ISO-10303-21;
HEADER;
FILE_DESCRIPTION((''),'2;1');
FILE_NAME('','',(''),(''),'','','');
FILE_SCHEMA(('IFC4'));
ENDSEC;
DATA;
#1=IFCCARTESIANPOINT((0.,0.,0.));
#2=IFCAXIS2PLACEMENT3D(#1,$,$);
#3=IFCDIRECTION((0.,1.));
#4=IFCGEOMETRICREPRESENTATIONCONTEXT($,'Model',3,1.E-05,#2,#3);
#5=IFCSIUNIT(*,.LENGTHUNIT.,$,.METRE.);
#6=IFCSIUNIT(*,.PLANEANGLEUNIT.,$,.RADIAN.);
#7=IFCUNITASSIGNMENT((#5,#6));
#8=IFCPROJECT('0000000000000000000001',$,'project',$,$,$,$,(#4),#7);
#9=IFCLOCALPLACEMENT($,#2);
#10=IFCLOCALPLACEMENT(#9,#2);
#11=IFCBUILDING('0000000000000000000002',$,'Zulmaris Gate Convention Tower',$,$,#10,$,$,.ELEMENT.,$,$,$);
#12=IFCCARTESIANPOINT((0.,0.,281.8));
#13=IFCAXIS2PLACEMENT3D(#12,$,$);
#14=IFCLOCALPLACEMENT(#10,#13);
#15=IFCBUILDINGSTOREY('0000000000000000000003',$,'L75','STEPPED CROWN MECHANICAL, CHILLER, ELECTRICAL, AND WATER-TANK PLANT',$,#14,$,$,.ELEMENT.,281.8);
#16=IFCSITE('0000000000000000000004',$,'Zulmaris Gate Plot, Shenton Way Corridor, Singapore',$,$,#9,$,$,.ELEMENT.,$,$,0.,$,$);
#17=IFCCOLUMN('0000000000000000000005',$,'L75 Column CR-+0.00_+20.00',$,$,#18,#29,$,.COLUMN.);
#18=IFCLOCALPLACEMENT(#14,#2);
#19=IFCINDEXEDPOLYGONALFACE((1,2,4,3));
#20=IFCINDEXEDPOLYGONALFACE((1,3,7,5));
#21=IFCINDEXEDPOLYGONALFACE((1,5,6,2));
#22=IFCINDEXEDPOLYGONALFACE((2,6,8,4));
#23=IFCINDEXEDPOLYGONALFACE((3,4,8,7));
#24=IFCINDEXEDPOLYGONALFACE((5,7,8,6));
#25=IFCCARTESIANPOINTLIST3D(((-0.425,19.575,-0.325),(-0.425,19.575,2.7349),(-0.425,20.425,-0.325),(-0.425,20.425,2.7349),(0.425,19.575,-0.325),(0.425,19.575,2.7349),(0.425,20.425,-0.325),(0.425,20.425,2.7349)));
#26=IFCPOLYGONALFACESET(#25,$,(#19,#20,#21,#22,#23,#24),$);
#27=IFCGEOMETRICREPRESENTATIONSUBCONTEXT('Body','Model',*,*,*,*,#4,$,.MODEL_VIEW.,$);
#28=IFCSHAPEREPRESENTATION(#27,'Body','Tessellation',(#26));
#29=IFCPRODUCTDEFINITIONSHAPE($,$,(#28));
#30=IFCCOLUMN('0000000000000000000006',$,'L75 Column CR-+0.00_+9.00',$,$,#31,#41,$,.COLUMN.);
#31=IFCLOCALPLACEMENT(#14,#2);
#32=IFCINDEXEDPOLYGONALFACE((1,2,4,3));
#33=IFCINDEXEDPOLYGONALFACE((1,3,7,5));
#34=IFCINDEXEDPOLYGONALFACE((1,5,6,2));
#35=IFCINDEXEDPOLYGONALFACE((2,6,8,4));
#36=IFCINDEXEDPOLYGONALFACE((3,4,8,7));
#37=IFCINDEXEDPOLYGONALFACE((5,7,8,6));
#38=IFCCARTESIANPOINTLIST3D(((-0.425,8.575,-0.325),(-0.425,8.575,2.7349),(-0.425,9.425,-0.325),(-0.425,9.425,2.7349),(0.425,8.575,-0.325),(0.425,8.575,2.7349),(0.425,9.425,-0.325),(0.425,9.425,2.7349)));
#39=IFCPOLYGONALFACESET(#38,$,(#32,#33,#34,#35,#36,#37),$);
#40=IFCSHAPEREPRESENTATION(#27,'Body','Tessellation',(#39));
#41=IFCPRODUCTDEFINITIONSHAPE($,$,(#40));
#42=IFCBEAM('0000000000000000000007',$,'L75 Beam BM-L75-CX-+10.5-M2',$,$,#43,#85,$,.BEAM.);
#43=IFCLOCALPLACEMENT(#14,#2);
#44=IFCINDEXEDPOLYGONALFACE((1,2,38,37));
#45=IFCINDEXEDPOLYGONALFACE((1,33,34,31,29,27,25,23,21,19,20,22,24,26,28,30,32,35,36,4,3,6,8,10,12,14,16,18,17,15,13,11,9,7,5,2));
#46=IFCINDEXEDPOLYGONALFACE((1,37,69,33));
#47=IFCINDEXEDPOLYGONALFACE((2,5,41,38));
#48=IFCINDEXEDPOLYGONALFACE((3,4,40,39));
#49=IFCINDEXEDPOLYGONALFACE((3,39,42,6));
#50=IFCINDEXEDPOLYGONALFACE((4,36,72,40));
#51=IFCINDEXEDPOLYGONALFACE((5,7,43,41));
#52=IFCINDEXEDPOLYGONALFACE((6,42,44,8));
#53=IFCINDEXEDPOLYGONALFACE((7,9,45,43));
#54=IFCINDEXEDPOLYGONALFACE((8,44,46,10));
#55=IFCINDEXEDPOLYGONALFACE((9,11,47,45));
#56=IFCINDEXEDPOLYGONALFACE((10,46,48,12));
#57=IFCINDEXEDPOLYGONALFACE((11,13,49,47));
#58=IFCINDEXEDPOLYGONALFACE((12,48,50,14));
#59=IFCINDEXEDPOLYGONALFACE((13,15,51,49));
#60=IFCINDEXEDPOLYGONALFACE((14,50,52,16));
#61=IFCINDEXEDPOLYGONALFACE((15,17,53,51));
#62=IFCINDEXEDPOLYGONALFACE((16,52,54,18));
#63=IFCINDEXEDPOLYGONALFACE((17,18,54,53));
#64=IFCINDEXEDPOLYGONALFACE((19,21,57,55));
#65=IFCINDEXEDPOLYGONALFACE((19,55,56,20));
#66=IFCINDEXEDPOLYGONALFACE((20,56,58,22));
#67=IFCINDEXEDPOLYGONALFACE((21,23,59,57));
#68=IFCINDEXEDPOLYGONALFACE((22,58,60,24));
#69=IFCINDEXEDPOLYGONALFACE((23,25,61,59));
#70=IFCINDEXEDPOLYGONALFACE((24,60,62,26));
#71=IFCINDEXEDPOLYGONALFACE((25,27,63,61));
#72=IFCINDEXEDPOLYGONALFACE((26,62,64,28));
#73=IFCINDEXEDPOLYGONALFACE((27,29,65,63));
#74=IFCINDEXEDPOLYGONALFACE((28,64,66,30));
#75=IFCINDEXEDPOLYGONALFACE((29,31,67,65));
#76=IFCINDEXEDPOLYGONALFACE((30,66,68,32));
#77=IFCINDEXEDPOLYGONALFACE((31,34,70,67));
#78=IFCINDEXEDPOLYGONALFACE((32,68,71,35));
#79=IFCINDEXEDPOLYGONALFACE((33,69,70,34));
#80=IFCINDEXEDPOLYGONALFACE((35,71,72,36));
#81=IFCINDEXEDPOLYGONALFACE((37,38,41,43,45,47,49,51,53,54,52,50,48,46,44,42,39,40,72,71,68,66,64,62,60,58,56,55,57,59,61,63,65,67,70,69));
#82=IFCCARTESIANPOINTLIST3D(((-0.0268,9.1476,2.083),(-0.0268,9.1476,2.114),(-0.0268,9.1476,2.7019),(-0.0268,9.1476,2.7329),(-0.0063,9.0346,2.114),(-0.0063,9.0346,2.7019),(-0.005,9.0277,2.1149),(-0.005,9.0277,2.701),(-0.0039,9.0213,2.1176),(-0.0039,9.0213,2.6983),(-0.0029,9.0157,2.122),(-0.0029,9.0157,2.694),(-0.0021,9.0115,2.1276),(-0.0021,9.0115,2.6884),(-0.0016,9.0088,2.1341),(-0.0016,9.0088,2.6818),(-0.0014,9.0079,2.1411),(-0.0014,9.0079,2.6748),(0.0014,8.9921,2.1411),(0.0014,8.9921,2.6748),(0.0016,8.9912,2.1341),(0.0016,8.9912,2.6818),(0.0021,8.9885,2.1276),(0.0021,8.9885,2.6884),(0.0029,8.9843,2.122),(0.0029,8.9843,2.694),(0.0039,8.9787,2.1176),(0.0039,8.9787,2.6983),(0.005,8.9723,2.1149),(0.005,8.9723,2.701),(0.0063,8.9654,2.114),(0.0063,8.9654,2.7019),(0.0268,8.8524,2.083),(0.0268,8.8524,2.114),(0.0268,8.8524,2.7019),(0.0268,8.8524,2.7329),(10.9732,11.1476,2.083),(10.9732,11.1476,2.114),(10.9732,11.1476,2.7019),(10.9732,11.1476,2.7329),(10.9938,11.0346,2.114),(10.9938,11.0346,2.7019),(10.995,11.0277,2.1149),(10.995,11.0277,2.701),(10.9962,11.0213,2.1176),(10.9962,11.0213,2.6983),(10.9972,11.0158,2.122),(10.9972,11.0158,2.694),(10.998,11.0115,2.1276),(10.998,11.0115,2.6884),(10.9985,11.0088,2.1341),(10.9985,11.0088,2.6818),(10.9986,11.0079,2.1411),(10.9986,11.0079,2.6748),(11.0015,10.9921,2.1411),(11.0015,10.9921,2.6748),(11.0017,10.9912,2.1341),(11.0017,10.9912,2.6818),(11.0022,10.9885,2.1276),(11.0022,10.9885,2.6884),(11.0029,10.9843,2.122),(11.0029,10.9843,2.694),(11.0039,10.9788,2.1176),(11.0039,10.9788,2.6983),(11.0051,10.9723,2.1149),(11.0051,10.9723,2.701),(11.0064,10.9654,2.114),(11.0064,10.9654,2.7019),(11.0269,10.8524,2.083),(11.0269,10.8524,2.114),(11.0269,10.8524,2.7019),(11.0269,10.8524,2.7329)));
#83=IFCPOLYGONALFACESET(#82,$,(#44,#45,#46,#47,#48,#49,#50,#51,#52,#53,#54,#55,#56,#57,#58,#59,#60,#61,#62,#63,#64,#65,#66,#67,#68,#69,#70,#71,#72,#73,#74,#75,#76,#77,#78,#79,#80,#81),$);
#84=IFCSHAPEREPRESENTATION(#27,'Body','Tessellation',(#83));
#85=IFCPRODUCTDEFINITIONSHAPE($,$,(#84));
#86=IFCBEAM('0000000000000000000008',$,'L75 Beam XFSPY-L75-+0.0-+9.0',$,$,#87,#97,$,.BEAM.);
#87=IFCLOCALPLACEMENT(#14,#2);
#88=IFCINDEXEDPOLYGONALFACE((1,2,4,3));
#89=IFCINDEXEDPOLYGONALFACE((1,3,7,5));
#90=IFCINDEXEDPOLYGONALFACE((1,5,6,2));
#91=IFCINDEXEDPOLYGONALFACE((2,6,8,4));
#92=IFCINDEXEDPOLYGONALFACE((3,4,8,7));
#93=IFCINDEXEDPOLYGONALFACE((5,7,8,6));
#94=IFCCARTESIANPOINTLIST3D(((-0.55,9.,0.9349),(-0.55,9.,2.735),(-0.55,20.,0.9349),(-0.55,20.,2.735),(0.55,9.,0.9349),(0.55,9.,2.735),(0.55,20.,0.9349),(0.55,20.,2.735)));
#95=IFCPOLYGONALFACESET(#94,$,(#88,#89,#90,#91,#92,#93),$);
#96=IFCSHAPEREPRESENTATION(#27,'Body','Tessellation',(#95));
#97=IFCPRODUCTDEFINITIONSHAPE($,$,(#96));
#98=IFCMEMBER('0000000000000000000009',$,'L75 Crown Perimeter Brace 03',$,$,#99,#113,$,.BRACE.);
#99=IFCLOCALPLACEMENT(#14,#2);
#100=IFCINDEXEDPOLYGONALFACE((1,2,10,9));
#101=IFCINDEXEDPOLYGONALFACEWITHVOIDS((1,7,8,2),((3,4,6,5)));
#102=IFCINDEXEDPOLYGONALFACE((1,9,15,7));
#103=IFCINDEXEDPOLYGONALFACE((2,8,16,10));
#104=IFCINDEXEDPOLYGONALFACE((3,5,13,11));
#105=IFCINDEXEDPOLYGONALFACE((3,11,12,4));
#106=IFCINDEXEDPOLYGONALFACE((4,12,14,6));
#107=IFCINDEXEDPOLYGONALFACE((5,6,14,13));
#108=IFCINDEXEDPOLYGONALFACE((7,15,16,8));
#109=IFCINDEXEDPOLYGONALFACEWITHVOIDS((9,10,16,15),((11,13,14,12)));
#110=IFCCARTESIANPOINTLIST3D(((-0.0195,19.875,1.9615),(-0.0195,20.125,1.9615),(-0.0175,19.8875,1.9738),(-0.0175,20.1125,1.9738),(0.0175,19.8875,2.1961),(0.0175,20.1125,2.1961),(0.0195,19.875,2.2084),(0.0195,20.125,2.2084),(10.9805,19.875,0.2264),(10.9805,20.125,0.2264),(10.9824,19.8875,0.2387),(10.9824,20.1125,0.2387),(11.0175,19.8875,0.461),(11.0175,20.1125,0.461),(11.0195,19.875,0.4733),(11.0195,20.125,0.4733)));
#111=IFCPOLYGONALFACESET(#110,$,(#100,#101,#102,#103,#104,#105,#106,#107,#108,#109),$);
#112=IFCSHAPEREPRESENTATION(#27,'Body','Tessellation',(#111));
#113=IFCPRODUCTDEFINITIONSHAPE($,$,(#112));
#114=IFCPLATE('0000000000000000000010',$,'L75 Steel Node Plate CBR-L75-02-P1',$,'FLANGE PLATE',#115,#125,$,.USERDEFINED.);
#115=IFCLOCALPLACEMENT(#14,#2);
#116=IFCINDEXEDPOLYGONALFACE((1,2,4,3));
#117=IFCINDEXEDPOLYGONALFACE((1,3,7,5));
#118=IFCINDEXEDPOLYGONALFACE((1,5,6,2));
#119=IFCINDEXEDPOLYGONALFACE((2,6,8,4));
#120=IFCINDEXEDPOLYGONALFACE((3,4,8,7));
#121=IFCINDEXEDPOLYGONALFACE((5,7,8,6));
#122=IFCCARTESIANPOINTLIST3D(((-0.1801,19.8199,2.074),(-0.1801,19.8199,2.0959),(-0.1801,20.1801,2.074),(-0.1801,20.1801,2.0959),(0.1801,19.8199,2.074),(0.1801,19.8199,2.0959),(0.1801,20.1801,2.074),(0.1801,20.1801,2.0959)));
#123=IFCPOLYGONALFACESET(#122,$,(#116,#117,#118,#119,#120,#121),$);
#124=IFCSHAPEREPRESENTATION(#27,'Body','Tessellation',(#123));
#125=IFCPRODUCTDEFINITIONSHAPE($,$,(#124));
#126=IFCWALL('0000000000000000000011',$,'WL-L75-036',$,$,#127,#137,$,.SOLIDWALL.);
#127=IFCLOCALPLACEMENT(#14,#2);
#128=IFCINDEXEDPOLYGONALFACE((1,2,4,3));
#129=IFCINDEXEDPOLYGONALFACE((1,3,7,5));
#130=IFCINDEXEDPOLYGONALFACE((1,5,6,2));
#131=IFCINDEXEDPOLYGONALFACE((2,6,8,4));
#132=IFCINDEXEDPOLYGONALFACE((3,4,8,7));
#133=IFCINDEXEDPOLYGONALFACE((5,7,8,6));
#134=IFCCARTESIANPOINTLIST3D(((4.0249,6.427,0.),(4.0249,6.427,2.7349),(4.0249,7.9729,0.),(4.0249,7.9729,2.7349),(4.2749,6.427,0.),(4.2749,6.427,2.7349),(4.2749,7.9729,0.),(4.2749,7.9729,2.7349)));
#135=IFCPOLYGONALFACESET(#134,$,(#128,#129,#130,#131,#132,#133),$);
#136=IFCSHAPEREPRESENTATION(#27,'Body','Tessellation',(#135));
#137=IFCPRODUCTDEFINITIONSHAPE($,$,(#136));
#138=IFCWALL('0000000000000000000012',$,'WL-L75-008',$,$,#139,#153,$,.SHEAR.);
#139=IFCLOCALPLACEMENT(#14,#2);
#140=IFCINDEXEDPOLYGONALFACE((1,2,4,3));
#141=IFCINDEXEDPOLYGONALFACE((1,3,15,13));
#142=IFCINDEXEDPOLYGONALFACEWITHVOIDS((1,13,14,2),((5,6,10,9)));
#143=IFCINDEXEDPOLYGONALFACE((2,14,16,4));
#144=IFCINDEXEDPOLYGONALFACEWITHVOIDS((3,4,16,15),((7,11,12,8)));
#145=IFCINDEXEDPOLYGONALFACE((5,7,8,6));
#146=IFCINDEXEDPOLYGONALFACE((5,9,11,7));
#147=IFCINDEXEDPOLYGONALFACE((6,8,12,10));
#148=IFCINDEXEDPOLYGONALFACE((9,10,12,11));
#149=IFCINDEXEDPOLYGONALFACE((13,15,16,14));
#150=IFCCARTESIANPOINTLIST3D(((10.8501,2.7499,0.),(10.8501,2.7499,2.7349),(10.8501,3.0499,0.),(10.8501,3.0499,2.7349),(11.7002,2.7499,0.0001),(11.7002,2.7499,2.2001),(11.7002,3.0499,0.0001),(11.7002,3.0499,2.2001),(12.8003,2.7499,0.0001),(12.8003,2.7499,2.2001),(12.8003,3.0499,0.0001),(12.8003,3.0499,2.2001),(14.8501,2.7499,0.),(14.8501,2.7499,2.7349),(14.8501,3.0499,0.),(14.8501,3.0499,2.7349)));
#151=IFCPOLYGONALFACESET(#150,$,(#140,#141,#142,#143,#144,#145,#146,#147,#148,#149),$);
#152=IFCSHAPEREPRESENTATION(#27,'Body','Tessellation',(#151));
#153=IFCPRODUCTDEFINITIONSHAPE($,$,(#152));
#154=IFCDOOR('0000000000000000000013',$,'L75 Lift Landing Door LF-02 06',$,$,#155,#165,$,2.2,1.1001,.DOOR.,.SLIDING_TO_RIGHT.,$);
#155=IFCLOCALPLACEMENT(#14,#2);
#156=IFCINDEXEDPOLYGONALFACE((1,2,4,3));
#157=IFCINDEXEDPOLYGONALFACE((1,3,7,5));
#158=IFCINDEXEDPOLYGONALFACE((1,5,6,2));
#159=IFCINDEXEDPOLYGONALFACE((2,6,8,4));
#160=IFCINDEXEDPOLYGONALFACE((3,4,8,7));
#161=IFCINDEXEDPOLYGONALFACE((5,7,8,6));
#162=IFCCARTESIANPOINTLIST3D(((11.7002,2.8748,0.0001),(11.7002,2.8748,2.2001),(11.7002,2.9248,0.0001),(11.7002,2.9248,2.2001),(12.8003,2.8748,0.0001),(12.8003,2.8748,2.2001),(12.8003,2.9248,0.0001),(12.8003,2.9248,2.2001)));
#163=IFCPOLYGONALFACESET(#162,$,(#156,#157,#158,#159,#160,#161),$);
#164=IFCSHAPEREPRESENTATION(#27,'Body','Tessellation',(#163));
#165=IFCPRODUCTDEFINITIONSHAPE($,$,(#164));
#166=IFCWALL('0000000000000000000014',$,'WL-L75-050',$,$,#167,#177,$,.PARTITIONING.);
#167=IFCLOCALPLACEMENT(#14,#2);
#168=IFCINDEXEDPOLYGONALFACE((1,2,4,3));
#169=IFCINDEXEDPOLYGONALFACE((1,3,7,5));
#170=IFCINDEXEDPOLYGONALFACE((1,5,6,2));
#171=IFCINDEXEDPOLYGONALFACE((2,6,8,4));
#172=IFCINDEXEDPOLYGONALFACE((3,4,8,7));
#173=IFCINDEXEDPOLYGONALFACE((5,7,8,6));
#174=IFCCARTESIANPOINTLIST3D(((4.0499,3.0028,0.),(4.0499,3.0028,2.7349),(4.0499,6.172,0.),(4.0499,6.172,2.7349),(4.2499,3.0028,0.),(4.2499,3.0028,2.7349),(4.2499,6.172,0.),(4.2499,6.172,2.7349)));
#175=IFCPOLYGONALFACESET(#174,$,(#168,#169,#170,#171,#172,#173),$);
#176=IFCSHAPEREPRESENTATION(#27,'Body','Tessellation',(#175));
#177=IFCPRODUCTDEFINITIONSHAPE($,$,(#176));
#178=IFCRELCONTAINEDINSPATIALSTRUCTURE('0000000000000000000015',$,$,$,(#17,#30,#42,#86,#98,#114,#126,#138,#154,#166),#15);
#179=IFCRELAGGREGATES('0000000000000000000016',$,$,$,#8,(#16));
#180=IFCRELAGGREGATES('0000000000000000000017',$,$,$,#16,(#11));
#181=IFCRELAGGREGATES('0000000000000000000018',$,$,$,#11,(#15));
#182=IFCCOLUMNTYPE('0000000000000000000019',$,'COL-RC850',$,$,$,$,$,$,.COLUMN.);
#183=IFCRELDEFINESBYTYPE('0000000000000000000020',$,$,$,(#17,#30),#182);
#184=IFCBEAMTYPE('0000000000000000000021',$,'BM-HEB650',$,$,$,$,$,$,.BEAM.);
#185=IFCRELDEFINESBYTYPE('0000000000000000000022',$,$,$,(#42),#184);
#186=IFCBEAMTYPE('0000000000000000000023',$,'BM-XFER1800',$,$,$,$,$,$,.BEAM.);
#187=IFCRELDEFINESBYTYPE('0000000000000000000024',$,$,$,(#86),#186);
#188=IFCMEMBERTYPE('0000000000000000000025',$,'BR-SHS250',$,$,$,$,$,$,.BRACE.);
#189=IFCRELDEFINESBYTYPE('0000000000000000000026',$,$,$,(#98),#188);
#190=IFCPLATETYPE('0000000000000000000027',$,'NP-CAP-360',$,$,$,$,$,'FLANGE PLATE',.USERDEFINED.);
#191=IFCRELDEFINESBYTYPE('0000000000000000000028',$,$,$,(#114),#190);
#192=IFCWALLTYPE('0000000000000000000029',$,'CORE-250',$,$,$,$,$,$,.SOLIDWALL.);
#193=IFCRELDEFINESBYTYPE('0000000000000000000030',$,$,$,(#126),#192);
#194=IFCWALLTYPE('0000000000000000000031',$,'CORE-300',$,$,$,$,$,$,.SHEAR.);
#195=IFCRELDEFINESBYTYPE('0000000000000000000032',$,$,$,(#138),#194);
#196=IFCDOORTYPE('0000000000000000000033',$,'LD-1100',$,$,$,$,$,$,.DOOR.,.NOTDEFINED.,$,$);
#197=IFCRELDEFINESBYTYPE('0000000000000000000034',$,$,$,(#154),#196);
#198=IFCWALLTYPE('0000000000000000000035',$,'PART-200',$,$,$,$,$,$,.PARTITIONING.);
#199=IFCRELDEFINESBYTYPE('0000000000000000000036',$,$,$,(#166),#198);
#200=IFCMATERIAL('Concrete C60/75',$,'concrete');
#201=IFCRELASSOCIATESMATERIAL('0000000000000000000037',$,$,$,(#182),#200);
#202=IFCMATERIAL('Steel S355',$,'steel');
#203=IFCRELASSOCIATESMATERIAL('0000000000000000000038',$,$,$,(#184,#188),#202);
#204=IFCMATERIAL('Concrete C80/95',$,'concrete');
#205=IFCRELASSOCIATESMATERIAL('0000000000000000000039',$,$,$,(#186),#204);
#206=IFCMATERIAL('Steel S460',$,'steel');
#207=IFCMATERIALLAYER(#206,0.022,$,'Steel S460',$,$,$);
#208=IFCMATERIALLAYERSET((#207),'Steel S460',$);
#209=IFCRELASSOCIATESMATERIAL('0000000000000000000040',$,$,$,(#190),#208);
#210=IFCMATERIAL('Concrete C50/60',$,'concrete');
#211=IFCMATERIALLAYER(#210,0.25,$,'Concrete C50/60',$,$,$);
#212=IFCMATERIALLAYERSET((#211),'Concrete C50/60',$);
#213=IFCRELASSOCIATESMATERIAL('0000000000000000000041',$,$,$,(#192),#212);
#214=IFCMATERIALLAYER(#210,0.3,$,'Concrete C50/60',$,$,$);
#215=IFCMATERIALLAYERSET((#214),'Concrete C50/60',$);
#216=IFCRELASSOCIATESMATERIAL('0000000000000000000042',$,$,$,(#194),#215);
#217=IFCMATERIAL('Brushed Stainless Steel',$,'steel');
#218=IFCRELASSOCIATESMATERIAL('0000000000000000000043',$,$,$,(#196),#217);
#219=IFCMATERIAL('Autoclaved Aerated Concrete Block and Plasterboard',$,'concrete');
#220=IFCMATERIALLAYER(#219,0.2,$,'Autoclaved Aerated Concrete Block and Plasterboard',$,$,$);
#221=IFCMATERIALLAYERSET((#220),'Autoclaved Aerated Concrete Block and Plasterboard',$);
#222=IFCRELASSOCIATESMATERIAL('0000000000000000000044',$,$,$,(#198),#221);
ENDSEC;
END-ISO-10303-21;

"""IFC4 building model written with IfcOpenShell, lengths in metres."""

from ifc_helpers import new_model, si_unit, direction, frame, frame_2d, origin, origin_2d, place, context, subcontext, project, spatial, rectangle, hollow_rectangle, i_section, extrude, material, layer, layer_set, material_profile, profile_set, type_object, element, fill, save


model = new_model("IFC4")

# Units and contexts
model_context = context("Model", 3, precision=1e-05, world=origin(), true_north=direction((0.0, 1.0)))
body_context = subcontext(model_context, "Body", "Model", "MODEL_VIEW")
ifc_project = project(units=[si_unit("LENGTHUNIT", "METRE"), si_unit("PLANEANGLEUNIT", "RADIAN")], contexts=[model_context])

# Site, building, storey
site_placement = place(None, origin())
site = spatial("IfcSite", under=ifc_project, at=site_placement, Name="Zulmaris Gate Plot, Shenton Way Corridor, Singapore", CompositionType="ELEMENT", RefElevation=0.0)
building_placement = place(site_placement, origin())
building = spatial("IfcBuilding", under=site, at=building_placement, Name="Zulmaris Gate Convention Tower", CompositionType="ELEMENT")
storey_placement = place(building_placement, frame((0.0, 0.0, 281.8)))
storey = spatial("IfcBuildingStorey", under=building, at=storey_placement, Name="L75", Description="STEPPED CROWN MECHANICAL, CHILLER, ELECTRICAL, AND WATER-TANK PLANT", CompositionType="ELEMENT", Elevation=281.8)

# Columns
ifc_material_1 = material(Name="Concrete C60/75", Category="concrete")
ifc_material_profile_1 = material_profile(ifc_material_1, rectangle(XDim=0.8501, YDim=0.8501, at=origin_2d()), Name="RC COL 850x850")
ifc_profile_set_1 = profile_set([ifc_material_profile_1], Name="Concrete C60/75")
column_type = type_object("IfcColumnType", Name="COL-RC850", PredefinedType="COLUMN", material=ifc_profile_set_1)
for number, where, z_axis, x_axis, name in (
    (1, (0.0, 20.0, -0.325), (0.0, 0.0, 1.0), (1.0, 0.0, 0.0), "L75 Column CR-+0.00_+20.00"),
    (2, (0.0, 9.0, -0.325), (0.0, 0.0, 1.0), (1.0, 0.0, 0.0), "L75 Column CR-+0.00_+9.00"),
):
    element("IfcColumn", number, at=place(storey_placement, frame(where, z_axis=z_axis, x_axis=x_axis)), inside=storey, type_object=column_type, Name=name, PredefinedType="COLUMN", context=body_context, shape_type="SweptSolid", body=[
        extrude(rectangle(XDim=0.8501, YDim=0.8501, at=origin_2d()), origin(), (0.0, 0.0, 1.0), 3.0598),
    ])

# Beams
ifc_material_2 = material(Name="Steel S355", Category="steel")
ifc_material_profile_2 = material_profile(ifc_material_2, i_section(OverallWidth=0.3, OverallDepth=0.6499, WebThickness=0.0161, FlangeThickness=0.031, FilletRadius=0.0271, at=origin_2d()), Name="HEB 650")
ifc_profile_set_2 = profile_set([ifc_material_profile_2], Name="Steel S355")
beam_type_1 = type_object("IfcBeamType", Name="BM-HEB650", PredefinedType="BEAM", material=ifc_profile_set_2)
beam_1_placement = place(storey_placement, frame((0.0, 9.0, 2.408), z_axis=(0.98387, 0.178885, 0.0), x_axis=(-0.178885, 0.98387, 0.0)))
element("IfcBeam", 3, at=beam_1_placement, inside=storey, type_object=beam_type_1, Name="L75 Beam BM-L75-CX-+10.5-M2", PredefinedType="BEAM", context=body_context, shape_type="SweptSolid", body=[
    extrude(i_section(OverallWidth=0.3, OverallDepth=0.6499, WebThickness=0.0161, FlangeThickness=0.031, FilletRadius=0.0271, at=origin_2d()), origin(), (0.0, 0.0, 1.0), 11.1804),
])
ifc_material_3 = material(Name="Concrete C80/95", Category="concrete")
ifc_material_profile_3 = material_profile(ifc_material_3, rectangle(XDim=1.1001, YDim=1.8, at=origin_2d()), Name="RC TRANSFER 1100x1800")
ifc_profile_set_3 = profile_set([ifc_material_profile_3], Name="Concrete C80/95")
beam_type_2 = type_object("IfcBeamType", Name="BM-XFER1800", PredefinedType="BEAM", material=ifc_profile_set_3)
beam_2_placement = place(storey_placement, frame((0.0, 9.0, 1.835), z_axis=(0.0, 1.0, 0.0), x_axis=(-1.0, 0.0, 0.0)))
element("IfcBeam", 4, at=beam_2_placement, inside=storey, type_object=beam_type_2, Name="L75 Beam XFSPY-L75-+0.0-+9.0", PredefinedType="BEAM", context=body_context, shape_type="SweptSolid", body=[
    extrude(rectangle(XDim=1.1001, YDim=1.8, at=origin_2d()), origin(), (0.0, 0.0, 1.0), 11.0),
])

# Member
ifc_material_profile_4 = material_profile(ifc_material_2, hollow_rectangle(XDim=0.25, YDim=0.25, WallThickness=0.0125, at=origin_2d()), Name="SHS 250x250x12.5")
ifc_profile_set_4 = profile_set([ifc_material_profile_4], Name="Steel S355")
member_type = type_object("IfcMemberType", Name="BR-SHS250", PredefinedType="BRACE", material=ifc_profile_set_4)
member_placement = place(storey_placement, frame((0.0, 20.0, 2.085), z_axis=(0.987787, 0.0, -0.155811), x_axis=(0.0, 1.0, 0.0)))
element("IfcMember", 5, at=member_placement, inside=storey, type_object=member_type, Name="L75 Crown Perimeter Brace 03", PredefinedType="BRACE", context=body_context, shape_type="SweptSolid", body=[
    extrude(hollow_rectangle(XDim=0.25, YDim=0.25, WallThickness=0.0125, at=origin_2d()), origin(), (0.0, 0.0, 1.0), 11.136),
])

# Plate
ifc_material_4 = material(Name="Steel S460", Category="steel")
ifc_layer_1 = layer(ifc_material_4, 0.022, Name="Steel S460")
ifc_layer_set_1 = layer_set([ifc_layer_1], Name="Steel S460")
plate_type = type_object("IfcPlateType", Name="NP-CAP-360", ElementType="FLANGE PLATE", PredefinedType="USERDEFINED", material=ifc_layer_set_1)
plate_placement = place(storey_placement, frame((0.0, 20.0, 2.074), z_axis=(0.0, 0.0, 1.0), x_axis=(1.0, 0.0, 0.0)))
element("IfcPlate", 6, at=plate_placement, inside=storey, type_object=plate_type, Name="L75 Steel Node Plate CBR-L75-02-P1", ObjectType="FLANGE PLATE", PredefinedType="USERDEFINED", context=body_context, shape_type="SweptSolid", body=[
    extrude(rectangle(XDim=0.3601, YDim=0.3601, at=origin_2d()), origin(), (0.0, 0.0, 1.0), 0.022),
])

# Wall
ifc_material_5 = material(Name="Concrete C50/60", Category="concrete")
ifc_layer_2 = layer(ifc_material_5, 0.25, Name="Concrete C50/60")
ifc_layer_set_2 = layer_set([ifc_layer_2], Name="Concrete C50/60")
wall_type_1 = type_object("IfcWallType", Name="CORE-250", PredefinedType="SOLIDWALL", material=ifc_layer_set_2)
wall_1_placement = place(storey_placement, frame((4.1499, 6.427, 0.0), z_axis=(0.0, 0.0, 1.0), x_axis=(0.0, 1.0, 0.0)))
element("IfcWall", 7, at=wall_1_placement, inside=storey, type_object=wall_type_1, Name="WL-L75-036", PredefinedType="SOLIDWALL", context=body_context, shape_type="SweptSolid", body=[
    extrude(rectangle(XDim=1.5459, YDim=0.25, at=frame_2d((0.7729, 0.0))), origin(), (0.0, 0.0, 1.0), 2.7349),
])

# Wall, opening, door
ifc_layer_3 = layer(ifc_material_5, 0.3, Name="Concrete C50/60")
ifc_layer_set_3 = layer_set([ifc_layer_3], Name="Concrete C50/60")
wall_type_2 = type_object("IfcWallType", Name="CORE-300", PredefinedType="SHEAR", material=ifc_layer_set_3)
wall_2_placement = place(storey_placement, frame((10.8501, 2.8999, 0.0), z_axis=(0.0, 0.0, 1.0), x_axis=(1.0, 0.0, 0.0)))
wall_2 = element("IfcWall", 8, at=wall_2_placement, inside=storey, type_object=wall_type_2, Name="WL-L75-008", PredefinedType="SHEAR", context=body_context, shape_type="SweptSolid", body=[
    extrude(rectangle(XDim=4.0, YDim=0.3, at=frame_2d((2.0, 0.0))), origin(), (0.0, 0.0, 1.0), 2.7349),
])
opening_1_placement = place(wall_2_placement, frame((0.8501, 0.0, 0.0)))
opening_1 = element("IfcOpeningElement", 9, at=opening_1_placement, cuts=wall_2, PredefinedType="OPENING", context=body_context, shape_type="SweptSolid", body=[
    extrude(rectangle(XDim=1.1001, YDim=2.2, at=frame_2d((0.55, 1.1001))), frame((0.0, 0.1602, 0.0), z_axis=(0.0, -1.0, 0.0), x_axis=(1.0, 0.0, 0.0)), (0.0, 0.0, 1.0), 0.3201),
])
ifc_material_6 = material(Name="Brushed Stainless Steel", Category="steel")
door_type_1 = type_object("IfcDoorType", Name="LD-1100", OperationType="NOTDEFINED", PredefinedType="DOOR", material=ifc_material_6)
door_1_placement = place(opening_1_placement, origin())
door_1 = element("IfcDoor", 10, at=door_1_placement, inside=storey, type_object=door_type_1, Name="L75 Lift Landing Door LF-02 06", OperationType="SLIDING_TO_RIGHT", OverallHeight=2.2, OverallWidth=1.1001, PredefinedType="DOOR", context=body_context, shape_type="SweptSolid", body=[
    extrude(rectangle(XDim=1.1001, YDim=2.2, at=frame_2d((0.55, 1.1001))), frame((0.0, 0.0249, 0.0), z_axis=(0.0, -1.0, 0.0), x_axis=(1.0, 0.0, 0.0)), (0.0, 0.0, 1.0), 0.05),
])
fill(opening_1, door_1)
ifc_material_7 = material(Name="Autoclaved Aerated Concrete Block and Plasterboard", Category="concrete")
ifc_layer_4 = layer(ifc_material_7, 0.2, Name="Autoclaved Aerated Concrete Block and Plasterboard")
ifc_layer_set_4 = layer_set([ifc_layer_4], Name="Autoclaved Aerated Concrete Block and Plasterboard")
wall_type_3 = type_object("IfcWallType", Name="PART-200", PredefinedType="PARTITIONING", material=ifc_layer_set_4)

# Wall
wall_3_placement = place(storey_placement, frame((4.1499, 3.0029, 0.0), z_axis=(0.0, 0.0, 1.0), x_axis=(0.0, 1.0, 0.0)))
element("IfcWall", 11, at=wall_3_placement, inside=storey, type_object=wall_type_3, Name="WL-L75-050", PredefinedType="PARTITIONING", context=body_context, shape_type="SweptSolid", body=[
    extrude(rectangle(XDim=3.1692, YDim=0.2, at=frame_2d((1.5845, 0.0))), origin(), (0.0, 0.0, 1.0), 2.7349),
])

save(model, "model.ifc")
